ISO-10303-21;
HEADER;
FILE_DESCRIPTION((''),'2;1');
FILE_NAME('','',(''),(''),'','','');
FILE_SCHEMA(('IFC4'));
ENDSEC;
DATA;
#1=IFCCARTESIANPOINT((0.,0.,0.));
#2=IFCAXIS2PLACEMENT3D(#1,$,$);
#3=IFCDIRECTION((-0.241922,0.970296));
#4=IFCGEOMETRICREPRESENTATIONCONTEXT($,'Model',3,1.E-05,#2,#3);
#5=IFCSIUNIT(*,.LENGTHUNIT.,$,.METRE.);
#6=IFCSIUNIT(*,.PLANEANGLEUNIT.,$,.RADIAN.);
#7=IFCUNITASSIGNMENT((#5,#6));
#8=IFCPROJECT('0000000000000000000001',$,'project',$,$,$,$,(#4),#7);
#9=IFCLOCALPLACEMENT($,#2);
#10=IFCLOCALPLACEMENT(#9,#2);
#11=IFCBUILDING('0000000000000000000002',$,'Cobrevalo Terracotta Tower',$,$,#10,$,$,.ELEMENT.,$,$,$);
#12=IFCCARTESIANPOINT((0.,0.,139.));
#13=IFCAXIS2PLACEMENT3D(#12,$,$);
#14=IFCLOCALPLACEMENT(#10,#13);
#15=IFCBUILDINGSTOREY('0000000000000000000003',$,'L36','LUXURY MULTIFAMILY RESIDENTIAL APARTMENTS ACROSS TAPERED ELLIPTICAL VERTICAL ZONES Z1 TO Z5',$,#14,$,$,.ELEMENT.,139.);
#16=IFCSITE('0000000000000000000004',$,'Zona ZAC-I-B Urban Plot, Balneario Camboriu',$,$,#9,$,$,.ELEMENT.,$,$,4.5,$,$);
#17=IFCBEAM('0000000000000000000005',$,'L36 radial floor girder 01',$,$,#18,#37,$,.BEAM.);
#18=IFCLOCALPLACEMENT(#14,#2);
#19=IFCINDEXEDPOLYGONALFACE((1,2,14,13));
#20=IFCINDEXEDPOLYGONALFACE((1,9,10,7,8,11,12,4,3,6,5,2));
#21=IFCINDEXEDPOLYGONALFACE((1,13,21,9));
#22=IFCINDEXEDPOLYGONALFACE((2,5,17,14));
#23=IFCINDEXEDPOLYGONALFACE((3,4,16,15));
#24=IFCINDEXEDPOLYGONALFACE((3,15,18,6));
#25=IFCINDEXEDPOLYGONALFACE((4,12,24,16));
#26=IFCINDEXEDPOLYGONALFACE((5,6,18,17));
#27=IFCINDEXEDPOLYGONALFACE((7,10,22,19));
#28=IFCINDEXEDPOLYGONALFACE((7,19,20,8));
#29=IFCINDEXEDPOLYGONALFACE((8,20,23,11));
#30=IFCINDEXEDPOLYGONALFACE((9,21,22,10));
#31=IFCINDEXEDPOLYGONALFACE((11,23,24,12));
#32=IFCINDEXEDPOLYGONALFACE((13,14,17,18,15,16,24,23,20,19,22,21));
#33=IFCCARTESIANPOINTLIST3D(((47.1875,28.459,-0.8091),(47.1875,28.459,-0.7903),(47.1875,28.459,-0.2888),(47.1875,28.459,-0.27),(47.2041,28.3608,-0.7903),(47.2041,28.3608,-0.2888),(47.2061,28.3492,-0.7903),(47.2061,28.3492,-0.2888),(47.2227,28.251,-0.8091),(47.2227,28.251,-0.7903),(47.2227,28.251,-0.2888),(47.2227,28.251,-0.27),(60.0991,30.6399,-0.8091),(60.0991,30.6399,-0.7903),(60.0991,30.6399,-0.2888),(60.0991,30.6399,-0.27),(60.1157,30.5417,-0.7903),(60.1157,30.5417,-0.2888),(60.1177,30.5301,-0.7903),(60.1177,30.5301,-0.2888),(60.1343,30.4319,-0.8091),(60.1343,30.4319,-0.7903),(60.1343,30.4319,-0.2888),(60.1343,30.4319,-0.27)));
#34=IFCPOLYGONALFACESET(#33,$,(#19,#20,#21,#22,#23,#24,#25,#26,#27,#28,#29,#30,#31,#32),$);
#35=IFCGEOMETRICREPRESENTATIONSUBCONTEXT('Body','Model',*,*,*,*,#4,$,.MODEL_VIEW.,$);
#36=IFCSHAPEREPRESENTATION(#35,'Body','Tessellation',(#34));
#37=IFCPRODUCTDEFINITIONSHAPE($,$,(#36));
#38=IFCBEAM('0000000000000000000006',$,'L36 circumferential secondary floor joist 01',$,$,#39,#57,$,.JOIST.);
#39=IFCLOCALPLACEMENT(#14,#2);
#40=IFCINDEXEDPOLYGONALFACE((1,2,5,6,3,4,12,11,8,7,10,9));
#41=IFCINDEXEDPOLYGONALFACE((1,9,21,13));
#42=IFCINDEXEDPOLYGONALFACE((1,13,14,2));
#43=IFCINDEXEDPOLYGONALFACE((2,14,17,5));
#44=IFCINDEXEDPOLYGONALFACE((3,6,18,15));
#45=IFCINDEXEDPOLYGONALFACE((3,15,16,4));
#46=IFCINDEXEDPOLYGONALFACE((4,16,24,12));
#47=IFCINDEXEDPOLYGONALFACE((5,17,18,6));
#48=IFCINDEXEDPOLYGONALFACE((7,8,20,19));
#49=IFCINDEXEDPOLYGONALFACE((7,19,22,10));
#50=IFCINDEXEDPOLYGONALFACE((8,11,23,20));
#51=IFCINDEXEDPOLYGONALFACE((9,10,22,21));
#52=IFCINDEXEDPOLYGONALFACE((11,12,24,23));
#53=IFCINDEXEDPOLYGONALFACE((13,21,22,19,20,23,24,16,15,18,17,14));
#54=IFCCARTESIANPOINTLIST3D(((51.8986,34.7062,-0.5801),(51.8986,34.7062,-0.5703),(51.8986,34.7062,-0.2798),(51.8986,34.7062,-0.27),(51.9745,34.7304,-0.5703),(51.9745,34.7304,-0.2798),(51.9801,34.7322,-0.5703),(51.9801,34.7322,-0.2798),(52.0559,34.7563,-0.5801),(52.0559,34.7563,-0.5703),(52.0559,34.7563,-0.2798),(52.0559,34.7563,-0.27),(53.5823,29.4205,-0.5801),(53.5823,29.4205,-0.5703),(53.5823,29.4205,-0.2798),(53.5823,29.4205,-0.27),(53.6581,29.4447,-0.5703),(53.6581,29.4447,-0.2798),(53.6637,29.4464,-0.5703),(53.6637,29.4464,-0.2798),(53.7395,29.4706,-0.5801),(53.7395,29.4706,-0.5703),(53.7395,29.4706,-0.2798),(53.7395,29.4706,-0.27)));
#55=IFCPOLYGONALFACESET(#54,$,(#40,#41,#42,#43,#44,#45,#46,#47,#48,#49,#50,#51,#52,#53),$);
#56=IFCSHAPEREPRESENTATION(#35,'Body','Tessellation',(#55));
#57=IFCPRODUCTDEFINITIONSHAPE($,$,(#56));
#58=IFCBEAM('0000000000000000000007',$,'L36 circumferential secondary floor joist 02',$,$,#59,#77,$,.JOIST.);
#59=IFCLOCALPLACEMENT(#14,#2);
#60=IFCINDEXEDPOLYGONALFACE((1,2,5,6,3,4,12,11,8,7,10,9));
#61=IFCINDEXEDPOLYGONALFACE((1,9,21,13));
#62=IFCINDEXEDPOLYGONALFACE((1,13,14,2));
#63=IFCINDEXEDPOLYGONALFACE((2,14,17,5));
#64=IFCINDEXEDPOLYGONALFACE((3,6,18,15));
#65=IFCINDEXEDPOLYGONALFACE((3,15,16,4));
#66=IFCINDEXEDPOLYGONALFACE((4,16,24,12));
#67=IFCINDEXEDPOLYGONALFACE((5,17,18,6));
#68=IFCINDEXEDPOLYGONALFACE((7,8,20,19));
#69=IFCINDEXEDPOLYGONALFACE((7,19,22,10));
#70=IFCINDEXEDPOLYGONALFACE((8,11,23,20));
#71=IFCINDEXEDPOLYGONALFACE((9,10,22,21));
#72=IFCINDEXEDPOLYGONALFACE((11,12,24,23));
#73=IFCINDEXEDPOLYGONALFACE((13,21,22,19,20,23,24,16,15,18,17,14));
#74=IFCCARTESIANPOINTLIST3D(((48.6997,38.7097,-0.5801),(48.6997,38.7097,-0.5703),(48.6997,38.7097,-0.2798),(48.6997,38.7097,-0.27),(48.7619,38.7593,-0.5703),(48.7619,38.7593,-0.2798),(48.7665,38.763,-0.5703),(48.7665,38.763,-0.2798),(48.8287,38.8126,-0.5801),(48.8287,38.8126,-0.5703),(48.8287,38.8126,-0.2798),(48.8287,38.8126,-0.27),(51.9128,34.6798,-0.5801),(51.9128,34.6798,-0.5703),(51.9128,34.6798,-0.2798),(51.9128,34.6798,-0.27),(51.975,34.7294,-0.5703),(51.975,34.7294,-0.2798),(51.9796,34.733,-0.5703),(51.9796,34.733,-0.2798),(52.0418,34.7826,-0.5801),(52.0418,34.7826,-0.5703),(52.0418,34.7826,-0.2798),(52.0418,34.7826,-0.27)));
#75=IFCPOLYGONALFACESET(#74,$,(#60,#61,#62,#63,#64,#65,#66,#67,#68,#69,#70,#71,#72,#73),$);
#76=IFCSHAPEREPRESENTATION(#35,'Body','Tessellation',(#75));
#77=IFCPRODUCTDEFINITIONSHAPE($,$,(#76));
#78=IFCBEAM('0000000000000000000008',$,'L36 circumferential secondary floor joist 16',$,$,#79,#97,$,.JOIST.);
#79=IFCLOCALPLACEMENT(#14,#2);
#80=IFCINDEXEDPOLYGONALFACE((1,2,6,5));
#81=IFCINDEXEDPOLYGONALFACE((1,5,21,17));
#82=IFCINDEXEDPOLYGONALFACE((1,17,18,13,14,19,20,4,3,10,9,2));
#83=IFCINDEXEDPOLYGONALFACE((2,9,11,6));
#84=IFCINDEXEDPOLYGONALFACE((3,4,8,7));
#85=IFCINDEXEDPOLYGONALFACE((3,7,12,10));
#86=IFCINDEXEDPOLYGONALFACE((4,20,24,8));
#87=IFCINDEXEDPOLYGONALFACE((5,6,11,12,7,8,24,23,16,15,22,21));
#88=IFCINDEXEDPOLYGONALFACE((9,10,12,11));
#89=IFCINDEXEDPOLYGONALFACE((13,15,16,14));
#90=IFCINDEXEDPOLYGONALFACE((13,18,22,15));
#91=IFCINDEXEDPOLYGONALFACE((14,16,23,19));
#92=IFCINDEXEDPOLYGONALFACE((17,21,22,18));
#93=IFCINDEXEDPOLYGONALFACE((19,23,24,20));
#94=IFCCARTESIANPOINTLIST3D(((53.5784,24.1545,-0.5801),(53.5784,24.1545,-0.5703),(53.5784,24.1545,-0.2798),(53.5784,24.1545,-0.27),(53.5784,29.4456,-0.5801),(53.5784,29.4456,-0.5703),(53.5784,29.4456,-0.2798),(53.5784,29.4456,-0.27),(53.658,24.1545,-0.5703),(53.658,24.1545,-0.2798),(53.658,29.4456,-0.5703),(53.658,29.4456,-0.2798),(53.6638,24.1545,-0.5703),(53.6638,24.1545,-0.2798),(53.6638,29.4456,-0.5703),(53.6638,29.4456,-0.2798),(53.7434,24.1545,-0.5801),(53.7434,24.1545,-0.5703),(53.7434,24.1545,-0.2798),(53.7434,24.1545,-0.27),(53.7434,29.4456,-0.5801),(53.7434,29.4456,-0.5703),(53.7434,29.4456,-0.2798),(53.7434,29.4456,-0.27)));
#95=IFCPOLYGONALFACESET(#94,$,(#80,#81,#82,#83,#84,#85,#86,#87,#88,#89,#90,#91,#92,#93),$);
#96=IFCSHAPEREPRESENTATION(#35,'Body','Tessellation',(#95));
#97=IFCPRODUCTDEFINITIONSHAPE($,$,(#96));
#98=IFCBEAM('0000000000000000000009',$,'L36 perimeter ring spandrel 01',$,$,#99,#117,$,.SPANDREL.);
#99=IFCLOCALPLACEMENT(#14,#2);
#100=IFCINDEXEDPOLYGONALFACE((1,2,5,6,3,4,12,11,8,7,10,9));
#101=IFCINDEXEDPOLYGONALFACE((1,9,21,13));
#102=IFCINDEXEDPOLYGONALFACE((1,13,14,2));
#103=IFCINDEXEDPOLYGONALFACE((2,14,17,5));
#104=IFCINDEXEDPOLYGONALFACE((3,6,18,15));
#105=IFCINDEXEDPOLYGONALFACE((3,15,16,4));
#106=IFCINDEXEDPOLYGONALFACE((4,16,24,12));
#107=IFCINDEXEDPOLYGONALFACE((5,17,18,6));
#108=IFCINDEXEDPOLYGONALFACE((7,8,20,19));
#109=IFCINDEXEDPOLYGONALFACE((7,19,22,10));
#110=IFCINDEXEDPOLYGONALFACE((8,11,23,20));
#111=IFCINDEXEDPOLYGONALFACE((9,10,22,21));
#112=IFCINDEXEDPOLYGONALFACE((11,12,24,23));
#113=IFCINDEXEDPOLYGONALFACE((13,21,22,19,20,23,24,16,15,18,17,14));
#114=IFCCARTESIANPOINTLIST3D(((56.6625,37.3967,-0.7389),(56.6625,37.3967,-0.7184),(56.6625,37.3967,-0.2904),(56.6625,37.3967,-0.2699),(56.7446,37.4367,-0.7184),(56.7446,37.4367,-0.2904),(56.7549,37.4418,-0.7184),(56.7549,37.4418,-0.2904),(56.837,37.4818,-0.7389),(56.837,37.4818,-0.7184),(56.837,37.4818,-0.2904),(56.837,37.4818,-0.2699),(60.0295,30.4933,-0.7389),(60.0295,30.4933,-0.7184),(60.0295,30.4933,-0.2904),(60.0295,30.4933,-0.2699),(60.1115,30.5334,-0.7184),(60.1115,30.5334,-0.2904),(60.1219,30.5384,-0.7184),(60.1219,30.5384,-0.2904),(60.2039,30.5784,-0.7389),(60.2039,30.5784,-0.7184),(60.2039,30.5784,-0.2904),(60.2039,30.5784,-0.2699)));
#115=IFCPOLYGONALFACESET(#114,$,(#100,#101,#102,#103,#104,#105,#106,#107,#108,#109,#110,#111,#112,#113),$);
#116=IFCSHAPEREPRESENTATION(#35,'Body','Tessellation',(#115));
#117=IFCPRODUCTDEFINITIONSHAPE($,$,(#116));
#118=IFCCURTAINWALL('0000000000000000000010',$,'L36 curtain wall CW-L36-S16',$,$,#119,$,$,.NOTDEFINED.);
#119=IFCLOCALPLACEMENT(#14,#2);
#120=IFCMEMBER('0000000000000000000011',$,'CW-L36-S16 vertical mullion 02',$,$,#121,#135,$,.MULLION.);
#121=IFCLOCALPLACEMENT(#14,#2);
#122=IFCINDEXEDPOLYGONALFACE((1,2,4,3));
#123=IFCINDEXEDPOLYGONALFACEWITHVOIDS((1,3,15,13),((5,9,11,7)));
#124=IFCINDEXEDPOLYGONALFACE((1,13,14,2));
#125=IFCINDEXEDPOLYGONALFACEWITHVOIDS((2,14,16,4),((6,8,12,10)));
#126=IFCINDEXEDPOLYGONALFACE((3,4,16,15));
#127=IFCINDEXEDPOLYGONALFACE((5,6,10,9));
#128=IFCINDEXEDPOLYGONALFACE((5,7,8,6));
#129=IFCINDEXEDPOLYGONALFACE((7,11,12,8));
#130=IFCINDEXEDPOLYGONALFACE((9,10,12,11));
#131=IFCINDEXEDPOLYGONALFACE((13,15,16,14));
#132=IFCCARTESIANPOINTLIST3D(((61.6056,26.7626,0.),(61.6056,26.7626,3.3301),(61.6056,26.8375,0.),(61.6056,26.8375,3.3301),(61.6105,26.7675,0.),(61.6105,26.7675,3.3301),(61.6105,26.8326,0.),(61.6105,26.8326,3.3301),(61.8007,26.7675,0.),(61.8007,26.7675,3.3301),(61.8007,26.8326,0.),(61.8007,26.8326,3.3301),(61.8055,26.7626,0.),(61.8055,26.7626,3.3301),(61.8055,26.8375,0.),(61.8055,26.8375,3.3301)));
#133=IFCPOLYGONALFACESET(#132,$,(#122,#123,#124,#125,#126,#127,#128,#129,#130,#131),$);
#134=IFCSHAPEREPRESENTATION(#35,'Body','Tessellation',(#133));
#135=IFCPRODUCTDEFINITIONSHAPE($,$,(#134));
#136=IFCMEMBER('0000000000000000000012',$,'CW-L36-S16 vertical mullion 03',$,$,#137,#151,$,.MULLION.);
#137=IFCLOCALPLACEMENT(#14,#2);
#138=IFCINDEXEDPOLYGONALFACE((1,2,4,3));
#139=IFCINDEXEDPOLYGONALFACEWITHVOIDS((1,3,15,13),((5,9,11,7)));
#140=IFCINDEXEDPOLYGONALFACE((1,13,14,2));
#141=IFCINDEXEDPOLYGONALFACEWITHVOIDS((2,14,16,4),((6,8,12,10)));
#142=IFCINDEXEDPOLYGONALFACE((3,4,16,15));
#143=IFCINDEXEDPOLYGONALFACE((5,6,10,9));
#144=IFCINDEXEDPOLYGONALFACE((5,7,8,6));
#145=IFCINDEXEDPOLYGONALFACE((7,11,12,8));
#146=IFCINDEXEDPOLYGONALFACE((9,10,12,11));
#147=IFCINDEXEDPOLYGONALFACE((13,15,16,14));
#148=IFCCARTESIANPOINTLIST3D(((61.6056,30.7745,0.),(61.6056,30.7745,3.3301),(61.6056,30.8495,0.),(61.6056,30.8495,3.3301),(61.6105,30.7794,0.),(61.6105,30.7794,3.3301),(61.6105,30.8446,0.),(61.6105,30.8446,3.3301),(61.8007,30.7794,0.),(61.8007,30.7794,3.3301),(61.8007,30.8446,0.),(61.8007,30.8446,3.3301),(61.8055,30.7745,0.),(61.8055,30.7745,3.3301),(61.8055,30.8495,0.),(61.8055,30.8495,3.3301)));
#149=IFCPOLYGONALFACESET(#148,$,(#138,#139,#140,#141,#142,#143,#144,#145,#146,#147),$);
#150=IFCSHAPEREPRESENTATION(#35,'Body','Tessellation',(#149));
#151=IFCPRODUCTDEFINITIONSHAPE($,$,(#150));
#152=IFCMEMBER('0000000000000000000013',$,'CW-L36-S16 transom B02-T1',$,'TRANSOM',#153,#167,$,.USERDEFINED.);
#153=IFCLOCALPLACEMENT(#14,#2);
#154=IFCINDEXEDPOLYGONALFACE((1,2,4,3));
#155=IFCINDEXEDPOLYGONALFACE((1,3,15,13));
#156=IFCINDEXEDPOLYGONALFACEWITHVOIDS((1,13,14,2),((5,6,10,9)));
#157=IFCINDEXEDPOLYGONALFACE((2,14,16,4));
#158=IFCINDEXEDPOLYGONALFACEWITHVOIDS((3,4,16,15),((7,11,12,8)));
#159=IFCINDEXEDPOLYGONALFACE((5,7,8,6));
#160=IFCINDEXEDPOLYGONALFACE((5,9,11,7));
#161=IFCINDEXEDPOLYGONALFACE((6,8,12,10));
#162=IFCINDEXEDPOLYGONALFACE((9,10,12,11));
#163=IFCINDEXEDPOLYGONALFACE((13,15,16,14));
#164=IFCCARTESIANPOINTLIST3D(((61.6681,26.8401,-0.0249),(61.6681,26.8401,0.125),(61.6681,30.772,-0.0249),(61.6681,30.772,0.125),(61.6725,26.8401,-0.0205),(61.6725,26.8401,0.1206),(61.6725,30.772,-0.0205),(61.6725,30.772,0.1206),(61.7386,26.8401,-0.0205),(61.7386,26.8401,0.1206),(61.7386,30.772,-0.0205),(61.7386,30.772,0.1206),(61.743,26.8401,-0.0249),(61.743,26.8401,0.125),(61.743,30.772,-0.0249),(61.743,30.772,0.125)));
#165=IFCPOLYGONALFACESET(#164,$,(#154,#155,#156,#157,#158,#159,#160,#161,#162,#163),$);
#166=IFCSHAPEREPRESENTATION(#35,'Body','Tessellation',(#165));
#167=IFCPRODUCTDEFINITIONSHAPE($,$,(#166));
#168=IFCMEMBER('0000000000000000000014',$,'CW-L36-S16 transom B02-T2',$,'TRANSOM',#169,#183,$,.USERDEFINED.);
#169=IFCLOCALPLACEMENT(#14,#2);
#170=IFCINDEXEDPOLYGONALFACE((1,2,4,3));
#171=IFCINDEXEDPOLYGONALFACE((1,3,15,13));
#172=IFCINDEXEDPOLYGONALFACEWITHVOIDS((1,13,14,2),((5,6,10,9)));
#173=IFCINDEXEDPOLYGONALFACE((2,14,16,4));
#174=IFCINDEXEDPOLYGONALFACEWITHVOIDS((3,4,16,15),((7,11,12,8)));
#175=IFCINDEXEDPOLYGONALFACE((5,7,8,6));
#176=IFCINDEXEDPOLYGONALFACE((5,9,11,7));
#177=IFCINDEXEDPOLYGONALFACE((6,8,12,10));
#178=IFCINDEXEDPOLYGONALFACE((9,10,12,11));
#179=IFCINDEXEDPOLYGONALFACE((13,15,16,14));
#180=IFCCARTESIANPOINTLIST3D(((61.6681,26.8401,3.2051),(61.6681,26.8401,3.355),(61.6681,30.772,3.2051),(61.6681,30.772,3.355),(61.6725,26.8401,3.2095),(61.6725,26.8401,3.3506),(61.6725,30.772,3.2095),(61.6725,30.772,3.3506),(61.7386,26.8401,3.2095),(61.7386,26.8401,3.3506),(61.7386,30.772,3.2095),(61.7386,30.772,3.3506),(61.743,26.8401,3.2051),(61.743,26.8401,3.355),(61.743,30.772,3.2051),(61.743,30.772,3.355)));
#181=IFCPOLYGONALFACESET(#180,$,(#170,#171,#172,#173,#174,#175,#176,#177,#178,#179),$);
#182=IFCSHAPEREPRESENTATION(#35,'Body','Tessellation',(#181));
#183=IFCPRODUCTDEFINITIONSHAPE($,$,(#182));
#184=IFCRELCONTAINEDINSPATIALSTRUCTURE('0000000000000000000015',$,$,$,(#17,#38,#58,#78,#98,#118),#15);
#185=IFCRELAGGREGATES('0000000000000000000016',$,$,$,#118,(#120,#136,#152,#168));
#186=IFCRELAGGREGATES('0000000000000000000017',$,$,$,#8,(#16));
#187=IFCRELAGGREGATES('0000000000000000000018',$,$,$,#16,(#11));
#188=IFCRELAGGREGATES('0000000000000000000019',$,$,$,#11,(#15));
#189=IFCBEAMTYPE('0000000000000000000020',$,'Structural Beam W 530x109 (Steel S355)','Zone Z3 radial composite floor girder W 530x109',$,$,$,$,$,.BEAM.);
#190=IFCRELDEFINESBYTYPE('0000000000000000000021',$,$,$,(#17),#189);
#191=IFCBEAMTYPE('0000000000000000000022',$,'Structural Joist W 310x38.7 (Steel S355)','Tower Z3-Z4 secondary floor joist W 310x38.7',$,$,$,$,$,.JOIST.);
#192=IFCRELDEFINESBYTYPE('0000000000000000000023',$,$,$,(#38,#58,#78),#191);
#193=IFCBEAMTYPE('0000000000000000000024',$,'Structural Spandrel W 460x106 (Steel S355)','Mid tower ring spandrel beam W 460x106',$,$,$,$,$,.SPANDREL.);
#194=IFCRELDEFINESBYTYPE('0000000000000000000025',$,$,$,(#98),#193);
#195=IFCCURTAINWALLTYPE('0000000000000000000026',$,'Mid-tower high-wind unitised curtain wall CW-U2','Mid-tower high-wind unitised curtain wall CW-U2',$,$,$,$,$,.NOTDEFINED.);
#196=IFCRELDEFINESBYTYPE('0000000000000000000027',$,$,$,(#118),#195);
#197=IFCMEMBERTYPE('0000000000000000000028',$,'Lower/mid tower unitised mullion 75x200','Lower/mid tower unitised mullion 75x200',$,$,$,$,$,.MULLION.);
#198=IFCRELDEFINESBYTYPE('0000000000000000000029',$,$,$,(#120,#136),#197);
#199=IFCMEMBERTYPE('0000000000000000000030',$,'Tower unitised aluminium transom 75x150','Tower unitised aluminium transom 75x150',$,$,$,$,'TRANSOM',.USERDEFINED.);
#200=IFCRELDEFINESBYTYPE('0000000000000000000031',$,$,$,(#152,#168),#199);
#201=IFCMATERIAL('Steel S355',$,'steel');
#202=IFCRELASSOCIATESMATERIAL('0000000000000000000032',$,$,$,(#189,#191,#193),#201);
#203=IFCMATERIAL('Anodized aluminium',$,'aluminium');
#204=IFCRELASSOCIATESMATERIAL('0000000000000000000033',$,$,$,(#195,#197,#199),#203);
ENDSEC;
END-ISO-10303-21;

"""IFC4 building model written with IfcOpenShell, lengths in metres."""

from ifc_helpers import new_model, si_unit, direction, frame, origin, origin_2d, place, context, subcontext, project, spatial, hollow_rectangle, i_section, extrude, source, transform, mapped, material, material_profile, profile_set, type_object, element, aggregate, save


model = new_model("IFC4")

# Units and contexts
model_context = context("Model", 3, precision=1e-05, world=origin(), true_north=direction((-0.241922, 0.970296)))
body_context = subcontext(model_context, "Body", "Model", "MODEL_VIEW")
ifc_project = project(units=[si_unit("LENGTHUNIT", "METRE"), si_unit("PLANEANGLEUNIT", "RADIAN")], contexts=[model_context])

# Site, building, storey
site_placement = place(None, origin())
site = spatial("IfcSite", under=ifc_project, at=site_placement, Name="Zona ZAC-I-B Urban Plot, Balneario Camboriu", CompositionType="ELEMENT", RefElevation=4.5)
building_placement = place(site_placement, origin())
building = spatial("IfcBuilding", under=site, at=building_placement, Name="Cobrevalo Terracotta Tower", CompositionType="ELEMENT")
storey_placement = place(building_placement, frame((0.0, 0.0, 139.0)))
storey = spatial("IfcBuildingStorey", under=building, at=storey_placement, Name="L36", Description="LUXURY MULTIFAMILY RESIDENTIAL APARTMENTS ACROSS TAPERED ELLIPTICAL VERTICAL ZONES Z1 TO Z5", CompositionType="ELEMENT", Elevation=139.0)

# Shared definitions
ifc_material_1 = material(Name="Steel S355", Category="steel")

# Beams
ifc_material_profile_1 = material_profile(ifc_material_1, i_section(OverallWidth=0.2109, OverallDepth=0.5391, WebThickness=0.0117, FlangeThickness=0.0188, at=origin_2d()), Name="W 530x109")
ifc_profile_set_1 = profile_set([ifc_material_profile_1], Name="Steel S355")
beam_type_1 = type_object("IfcBeamType", Name="Structural Beam W 530x109 (Steel S355)", Description="Zone Z3 radial composite floor girder W 530x109", PredefinedType="BEAM", material=ifc_profile_set_1)
beam_1_placement = place(storey_placement, frame((60.1167, 30.5359, -0.5396), z_axis=(-0.986033, -0.166551, 0.0), x_axis=(0.166551, -0.986033, 0.0)))
element("IfcBeam", 1, at=beam_1_placement, inside=storey, type_object=beam_type_1, Name="L36 radial floor girder 01", PredefinedType="BEAM", context=body_context, shape_type="SweptSolid", body=[
    extrude(i_section(OverallWidth=0.2109, OverallDepth=0.5391, WebThickness=0.0117, FlangeThickness=0.0188, at=origin_2d()), origin(), (0.0, 0.0, 1.0), 13.0945),
])
ifc_material_profile_2 = material_profile(ifc_material_1, i_section(OverallWidth=0.165, OverallDepth=0.3101, WebThickness=0.0059, FlangeThickness=0.0098, at=origin_2d()), Name="W 310x38.7")
ifc_profile_set_2 = profile_set([ifc_material_profile_2], Name="Steel S355")
beam_type_2 = type_object("IfcBeamType", Name="Structural Joist W 310x38.7 (Steel S355)", Description="Tower Z3-Z4 secondary floor joist W 310x38.7", PredefinedType="JOIST", material=ifc_profile_set_2)
beam_2_placement = place(storey_placement, frame((53.6609, 29.4456, -0.425), z_axis=(-0.303498, 0.952832, 0.0), x_axis=(-0.952832, -0.303498, 0.0)))
element("IfcBeam", 2, at=beam_2_placement, inside=storey, type_object=beam_type_2, Name="L36 circumferential secondary floor joist 01", PredefinedType="JOIST", context=body_context, shape_type="SweptSolid", body=[
    extrude(i_section(OverallWidth=0.165, OverallDepth=0.3101, WebThickness=0.0059, FlangeThickness=0.0098, at=origin_2d()), origin(), (0.0, 0.0, 1.0), 5.5474),
])
beam_3_placement = place(storey_placement, frame((51.9773, 34.7312, -0.425), z_axis=(-0.623406, 0.781898, 0.0), x_axis=(-0.781898, -0.623406, 0.0)))
element("IfcBeam", 3, at=beam_3_placement, inside=storey, type_object=beam_type_2, Name="L36 circumferential secondary floor joist 02", PredefinedType="JOIST", context=body_context, shape_type="SweptSolid", body=[
    extrude(i_section(OverallWidth=0.165, OverallDepth=0.3101, WebThickness=0.0059, FlangeThickness=0.0098, at=origin_2d()), origin(), (0.0, 0.0, 1.0), 5.1541),
])
beam_4_placement = place(storey_placement, frame((53.6609, 24.1545, -0.425), z_axis=(0.0, 1.0, 0.0), x_axis=(-1.0, 0.0, 0.0)))
element("IfcBeam", 4, at=beam_4_placement, inside=storey, type_object=beam_type_2, Name="L36 circumferential secondary floor joist 16", PredefinedType="JOIST", context=body_context, shape_type="SweptSolid", body=[
    extrude(i_section(OverallWidth=0.165, OverallDepth=0.3101, WebThickness=0.0059, FlangeThickness=0.0098, at=origin_2d()), origin(), (0.0, 0.0, 1.0), 5.291),
])
ifc_material_profile_3 = material_profile(ifc_material_1, i_section(OverallWidth=0.1941, OverallDepth=0.469, WebThickness=0.0115, FlangeThickness=0.0205, at=origin_2d()), Name="W 460x106")
ifc_profile_set_3 = profile_set([ifc_material_profile_3], Name="Steel S355")
beam_type_3 = type_object("IfcBeamType", Name="Structural Spandrel W 460x106 (Steel S355)", Description="Mid tower ring spandrel beam W 460x106", PredefinedType="SPANDREL", material=ifc_profile_set_3)
beam_5_placement = place(storey_placement, frame((60.1167, 30.5359, -0.5044), z_axis=(-0.438368, 0.898796, 0.0), x_axis=(-0.898796, -0.438368, 0.0)))
element("IfcBeam", 5, at=beam_5_placement, inside=storey, type_object=beam_type_3, Name="L36 perimeter ring spandrel 01", PredefinedType="SPANDREL", context=body_context, shape_type="SweptSolid", body=[
    extrude(i_section(OverallWidth=0.1941, OverallDepth=0.469, WebThickness=0.0115, FlangeThickness=0.0205, at=origin_2d()), origin(), (0.0, 0.0, 1.0), 7.6807),
])

# Curtain wall, members
ifc_material_2 = material(Name="Anodized aluminium", Category="aluminium")
curtain_wall_type = type_object("IfcCurtainWallType", Name="Mid-tower high-wind unitised curtain wall CW-U2", Description="Mid-tower high-wind unitised curtain wall CW-U2", PredefinedType="NOTDEFINED", material=ifc_material_2)
curtain_wall_placement = place(storey_placement, origin())
curtain_wall = element("IfcCurtainWall", 6, at=curtain_wall_placement, inside=storey, type_object=curtain_wall_type, Name="L36 curtain wall CW-L36-S16", PredefinedType="NOTDEFINED")
ifc_material_profile_4 = material_profile(ifc_material_2, hollow_rectangle(XDim=0.075, YDim=0.2, WallThickness=0.0049, at=origin_2d()), Name="CWM 75x200")
ifc_profile_set_4 = profile_set([ifc_material_profile_4], Name="Anodized aluminium")
member_type_1 = type_object("IfcMemberType", Name="Lower/mid tower unitised mullion 75x200", Description="Lower/mid tower unitised mullion 75x200", PredefinedType="MULLION", material=ifc_profile_set_4)
shared_shape_1 = source(origin(), body_context, "Body", "SweptSolid", [
    extrude(hollow_rectangle(XDim=0.075, YDim=0.2, WallThickness=0.0049, at=origin_2d()), origin(), (0.0, 0.0, 1.0), 3.3301),
])
member_1_placement = place(storey_placement, frame((61.7056, 26.8, 0.0), z_axis=(0.0, 0.0, 1.0), x_axis=(0.0, 1.0, 0.0)))
member_1 = element("IfcMember", 7, at=member_1_placement, type_object=member_type_1, Name="CW-L36-S16 vertical mullion 02", PredefinedType="MULLION", context=body_context, shape_type="MappedRepresentation", body=[
    mapped(shared_shape_1, transform((0.0, 0.0, 0.0), scale=1.0)),
])
member_2_placement = place(storey_placement, frame((61.7056, 30.812, 0.0), z_axis=(0.0, 0.0, 1.0), x_axis=(0.0, 1.0, 0.0)))
member_2 = element("IfcMember", 8, at=member_2_placement, type_object=member_type_1, Name="CW-L36-S16 vertical mullion 03", PredefinedType="MULLION", context=body_context, shape_type="MappedRepresentation", body=[
    mapped(shared_shape_1, transform((0.0, 0.0, 0.0), scale=1.0)),
])
ifc_material_profile_5 = material_profile(ifc_material_2, hollow_rectangle(XDim=0.075, YDim=0.1499, WallThickness=0.0044, at=origin_2d()), Name="CWT 75x150")
ifc_profile_set_5 = profile_set([ifc_material_profile_5], Name="Anodized aluminium")
member_type_2 = type_object("IfcMemberType", Name="Tower unitised aluminium transom 75x150", Description="Tower unitised aluminium transom 75x150", ElementType="TRANSOM", PredefinedType="USERDEFINED", material=ifc_profile_set_5)
shared_shape_2 = source(origin(), body_context, "Body", "SweptSolid", [
    extrude(hollow_rectangle(XDim=0.075, YDim=0.1499, WallThickness=0.0044, at=origin_2d()), origin(), (0.0, 0.0, 1.0), 3.9319),
])
member_3_placement = place(storey_placement, frame((61.7056, 26.8401, 0.05), z_axis=(0.0, 1.0, 0.0), x_axis=(-1.0, 0.0, 0.0)))
member_3 = element("IfcMember", 9, at=member_3_placement, type_object=member_type_2, Name="CW-L36-S16 transom B02-T1", ObjectType="TRANSOM", PredefinedType="USERDEFINED", context=body_context, shape_type="MappedRepresentation", body=[
    mapped(shared_shape_2, transform((0.0, 0.0, 0.0), scale=1.0)),
])
member_4_placement = place(storey_placement, frame((61.7056, 26.8401, 3.28), z_axis=(0.0, 1.0, 0.0), x_axis=(-1.0, 0.0, 0.0)))
member_4 = element("IfcMember", 10, at=member_4_placement, type_object=member_type_2, Name="CW-L36-S16 transom B02-T2", ObjectType="TRANSOM", PredefinedType="USERDEFINED", context=body_context, shape_type="MappedRepresentation", body=[
    mapped(shared_shape_2, transform((0.0, 0.0, 0.0), scale=1.0)),
])
aggregate(curtain_wall, [member_1, member_2, member_3, member_4])

save(model, "model.ifc")
